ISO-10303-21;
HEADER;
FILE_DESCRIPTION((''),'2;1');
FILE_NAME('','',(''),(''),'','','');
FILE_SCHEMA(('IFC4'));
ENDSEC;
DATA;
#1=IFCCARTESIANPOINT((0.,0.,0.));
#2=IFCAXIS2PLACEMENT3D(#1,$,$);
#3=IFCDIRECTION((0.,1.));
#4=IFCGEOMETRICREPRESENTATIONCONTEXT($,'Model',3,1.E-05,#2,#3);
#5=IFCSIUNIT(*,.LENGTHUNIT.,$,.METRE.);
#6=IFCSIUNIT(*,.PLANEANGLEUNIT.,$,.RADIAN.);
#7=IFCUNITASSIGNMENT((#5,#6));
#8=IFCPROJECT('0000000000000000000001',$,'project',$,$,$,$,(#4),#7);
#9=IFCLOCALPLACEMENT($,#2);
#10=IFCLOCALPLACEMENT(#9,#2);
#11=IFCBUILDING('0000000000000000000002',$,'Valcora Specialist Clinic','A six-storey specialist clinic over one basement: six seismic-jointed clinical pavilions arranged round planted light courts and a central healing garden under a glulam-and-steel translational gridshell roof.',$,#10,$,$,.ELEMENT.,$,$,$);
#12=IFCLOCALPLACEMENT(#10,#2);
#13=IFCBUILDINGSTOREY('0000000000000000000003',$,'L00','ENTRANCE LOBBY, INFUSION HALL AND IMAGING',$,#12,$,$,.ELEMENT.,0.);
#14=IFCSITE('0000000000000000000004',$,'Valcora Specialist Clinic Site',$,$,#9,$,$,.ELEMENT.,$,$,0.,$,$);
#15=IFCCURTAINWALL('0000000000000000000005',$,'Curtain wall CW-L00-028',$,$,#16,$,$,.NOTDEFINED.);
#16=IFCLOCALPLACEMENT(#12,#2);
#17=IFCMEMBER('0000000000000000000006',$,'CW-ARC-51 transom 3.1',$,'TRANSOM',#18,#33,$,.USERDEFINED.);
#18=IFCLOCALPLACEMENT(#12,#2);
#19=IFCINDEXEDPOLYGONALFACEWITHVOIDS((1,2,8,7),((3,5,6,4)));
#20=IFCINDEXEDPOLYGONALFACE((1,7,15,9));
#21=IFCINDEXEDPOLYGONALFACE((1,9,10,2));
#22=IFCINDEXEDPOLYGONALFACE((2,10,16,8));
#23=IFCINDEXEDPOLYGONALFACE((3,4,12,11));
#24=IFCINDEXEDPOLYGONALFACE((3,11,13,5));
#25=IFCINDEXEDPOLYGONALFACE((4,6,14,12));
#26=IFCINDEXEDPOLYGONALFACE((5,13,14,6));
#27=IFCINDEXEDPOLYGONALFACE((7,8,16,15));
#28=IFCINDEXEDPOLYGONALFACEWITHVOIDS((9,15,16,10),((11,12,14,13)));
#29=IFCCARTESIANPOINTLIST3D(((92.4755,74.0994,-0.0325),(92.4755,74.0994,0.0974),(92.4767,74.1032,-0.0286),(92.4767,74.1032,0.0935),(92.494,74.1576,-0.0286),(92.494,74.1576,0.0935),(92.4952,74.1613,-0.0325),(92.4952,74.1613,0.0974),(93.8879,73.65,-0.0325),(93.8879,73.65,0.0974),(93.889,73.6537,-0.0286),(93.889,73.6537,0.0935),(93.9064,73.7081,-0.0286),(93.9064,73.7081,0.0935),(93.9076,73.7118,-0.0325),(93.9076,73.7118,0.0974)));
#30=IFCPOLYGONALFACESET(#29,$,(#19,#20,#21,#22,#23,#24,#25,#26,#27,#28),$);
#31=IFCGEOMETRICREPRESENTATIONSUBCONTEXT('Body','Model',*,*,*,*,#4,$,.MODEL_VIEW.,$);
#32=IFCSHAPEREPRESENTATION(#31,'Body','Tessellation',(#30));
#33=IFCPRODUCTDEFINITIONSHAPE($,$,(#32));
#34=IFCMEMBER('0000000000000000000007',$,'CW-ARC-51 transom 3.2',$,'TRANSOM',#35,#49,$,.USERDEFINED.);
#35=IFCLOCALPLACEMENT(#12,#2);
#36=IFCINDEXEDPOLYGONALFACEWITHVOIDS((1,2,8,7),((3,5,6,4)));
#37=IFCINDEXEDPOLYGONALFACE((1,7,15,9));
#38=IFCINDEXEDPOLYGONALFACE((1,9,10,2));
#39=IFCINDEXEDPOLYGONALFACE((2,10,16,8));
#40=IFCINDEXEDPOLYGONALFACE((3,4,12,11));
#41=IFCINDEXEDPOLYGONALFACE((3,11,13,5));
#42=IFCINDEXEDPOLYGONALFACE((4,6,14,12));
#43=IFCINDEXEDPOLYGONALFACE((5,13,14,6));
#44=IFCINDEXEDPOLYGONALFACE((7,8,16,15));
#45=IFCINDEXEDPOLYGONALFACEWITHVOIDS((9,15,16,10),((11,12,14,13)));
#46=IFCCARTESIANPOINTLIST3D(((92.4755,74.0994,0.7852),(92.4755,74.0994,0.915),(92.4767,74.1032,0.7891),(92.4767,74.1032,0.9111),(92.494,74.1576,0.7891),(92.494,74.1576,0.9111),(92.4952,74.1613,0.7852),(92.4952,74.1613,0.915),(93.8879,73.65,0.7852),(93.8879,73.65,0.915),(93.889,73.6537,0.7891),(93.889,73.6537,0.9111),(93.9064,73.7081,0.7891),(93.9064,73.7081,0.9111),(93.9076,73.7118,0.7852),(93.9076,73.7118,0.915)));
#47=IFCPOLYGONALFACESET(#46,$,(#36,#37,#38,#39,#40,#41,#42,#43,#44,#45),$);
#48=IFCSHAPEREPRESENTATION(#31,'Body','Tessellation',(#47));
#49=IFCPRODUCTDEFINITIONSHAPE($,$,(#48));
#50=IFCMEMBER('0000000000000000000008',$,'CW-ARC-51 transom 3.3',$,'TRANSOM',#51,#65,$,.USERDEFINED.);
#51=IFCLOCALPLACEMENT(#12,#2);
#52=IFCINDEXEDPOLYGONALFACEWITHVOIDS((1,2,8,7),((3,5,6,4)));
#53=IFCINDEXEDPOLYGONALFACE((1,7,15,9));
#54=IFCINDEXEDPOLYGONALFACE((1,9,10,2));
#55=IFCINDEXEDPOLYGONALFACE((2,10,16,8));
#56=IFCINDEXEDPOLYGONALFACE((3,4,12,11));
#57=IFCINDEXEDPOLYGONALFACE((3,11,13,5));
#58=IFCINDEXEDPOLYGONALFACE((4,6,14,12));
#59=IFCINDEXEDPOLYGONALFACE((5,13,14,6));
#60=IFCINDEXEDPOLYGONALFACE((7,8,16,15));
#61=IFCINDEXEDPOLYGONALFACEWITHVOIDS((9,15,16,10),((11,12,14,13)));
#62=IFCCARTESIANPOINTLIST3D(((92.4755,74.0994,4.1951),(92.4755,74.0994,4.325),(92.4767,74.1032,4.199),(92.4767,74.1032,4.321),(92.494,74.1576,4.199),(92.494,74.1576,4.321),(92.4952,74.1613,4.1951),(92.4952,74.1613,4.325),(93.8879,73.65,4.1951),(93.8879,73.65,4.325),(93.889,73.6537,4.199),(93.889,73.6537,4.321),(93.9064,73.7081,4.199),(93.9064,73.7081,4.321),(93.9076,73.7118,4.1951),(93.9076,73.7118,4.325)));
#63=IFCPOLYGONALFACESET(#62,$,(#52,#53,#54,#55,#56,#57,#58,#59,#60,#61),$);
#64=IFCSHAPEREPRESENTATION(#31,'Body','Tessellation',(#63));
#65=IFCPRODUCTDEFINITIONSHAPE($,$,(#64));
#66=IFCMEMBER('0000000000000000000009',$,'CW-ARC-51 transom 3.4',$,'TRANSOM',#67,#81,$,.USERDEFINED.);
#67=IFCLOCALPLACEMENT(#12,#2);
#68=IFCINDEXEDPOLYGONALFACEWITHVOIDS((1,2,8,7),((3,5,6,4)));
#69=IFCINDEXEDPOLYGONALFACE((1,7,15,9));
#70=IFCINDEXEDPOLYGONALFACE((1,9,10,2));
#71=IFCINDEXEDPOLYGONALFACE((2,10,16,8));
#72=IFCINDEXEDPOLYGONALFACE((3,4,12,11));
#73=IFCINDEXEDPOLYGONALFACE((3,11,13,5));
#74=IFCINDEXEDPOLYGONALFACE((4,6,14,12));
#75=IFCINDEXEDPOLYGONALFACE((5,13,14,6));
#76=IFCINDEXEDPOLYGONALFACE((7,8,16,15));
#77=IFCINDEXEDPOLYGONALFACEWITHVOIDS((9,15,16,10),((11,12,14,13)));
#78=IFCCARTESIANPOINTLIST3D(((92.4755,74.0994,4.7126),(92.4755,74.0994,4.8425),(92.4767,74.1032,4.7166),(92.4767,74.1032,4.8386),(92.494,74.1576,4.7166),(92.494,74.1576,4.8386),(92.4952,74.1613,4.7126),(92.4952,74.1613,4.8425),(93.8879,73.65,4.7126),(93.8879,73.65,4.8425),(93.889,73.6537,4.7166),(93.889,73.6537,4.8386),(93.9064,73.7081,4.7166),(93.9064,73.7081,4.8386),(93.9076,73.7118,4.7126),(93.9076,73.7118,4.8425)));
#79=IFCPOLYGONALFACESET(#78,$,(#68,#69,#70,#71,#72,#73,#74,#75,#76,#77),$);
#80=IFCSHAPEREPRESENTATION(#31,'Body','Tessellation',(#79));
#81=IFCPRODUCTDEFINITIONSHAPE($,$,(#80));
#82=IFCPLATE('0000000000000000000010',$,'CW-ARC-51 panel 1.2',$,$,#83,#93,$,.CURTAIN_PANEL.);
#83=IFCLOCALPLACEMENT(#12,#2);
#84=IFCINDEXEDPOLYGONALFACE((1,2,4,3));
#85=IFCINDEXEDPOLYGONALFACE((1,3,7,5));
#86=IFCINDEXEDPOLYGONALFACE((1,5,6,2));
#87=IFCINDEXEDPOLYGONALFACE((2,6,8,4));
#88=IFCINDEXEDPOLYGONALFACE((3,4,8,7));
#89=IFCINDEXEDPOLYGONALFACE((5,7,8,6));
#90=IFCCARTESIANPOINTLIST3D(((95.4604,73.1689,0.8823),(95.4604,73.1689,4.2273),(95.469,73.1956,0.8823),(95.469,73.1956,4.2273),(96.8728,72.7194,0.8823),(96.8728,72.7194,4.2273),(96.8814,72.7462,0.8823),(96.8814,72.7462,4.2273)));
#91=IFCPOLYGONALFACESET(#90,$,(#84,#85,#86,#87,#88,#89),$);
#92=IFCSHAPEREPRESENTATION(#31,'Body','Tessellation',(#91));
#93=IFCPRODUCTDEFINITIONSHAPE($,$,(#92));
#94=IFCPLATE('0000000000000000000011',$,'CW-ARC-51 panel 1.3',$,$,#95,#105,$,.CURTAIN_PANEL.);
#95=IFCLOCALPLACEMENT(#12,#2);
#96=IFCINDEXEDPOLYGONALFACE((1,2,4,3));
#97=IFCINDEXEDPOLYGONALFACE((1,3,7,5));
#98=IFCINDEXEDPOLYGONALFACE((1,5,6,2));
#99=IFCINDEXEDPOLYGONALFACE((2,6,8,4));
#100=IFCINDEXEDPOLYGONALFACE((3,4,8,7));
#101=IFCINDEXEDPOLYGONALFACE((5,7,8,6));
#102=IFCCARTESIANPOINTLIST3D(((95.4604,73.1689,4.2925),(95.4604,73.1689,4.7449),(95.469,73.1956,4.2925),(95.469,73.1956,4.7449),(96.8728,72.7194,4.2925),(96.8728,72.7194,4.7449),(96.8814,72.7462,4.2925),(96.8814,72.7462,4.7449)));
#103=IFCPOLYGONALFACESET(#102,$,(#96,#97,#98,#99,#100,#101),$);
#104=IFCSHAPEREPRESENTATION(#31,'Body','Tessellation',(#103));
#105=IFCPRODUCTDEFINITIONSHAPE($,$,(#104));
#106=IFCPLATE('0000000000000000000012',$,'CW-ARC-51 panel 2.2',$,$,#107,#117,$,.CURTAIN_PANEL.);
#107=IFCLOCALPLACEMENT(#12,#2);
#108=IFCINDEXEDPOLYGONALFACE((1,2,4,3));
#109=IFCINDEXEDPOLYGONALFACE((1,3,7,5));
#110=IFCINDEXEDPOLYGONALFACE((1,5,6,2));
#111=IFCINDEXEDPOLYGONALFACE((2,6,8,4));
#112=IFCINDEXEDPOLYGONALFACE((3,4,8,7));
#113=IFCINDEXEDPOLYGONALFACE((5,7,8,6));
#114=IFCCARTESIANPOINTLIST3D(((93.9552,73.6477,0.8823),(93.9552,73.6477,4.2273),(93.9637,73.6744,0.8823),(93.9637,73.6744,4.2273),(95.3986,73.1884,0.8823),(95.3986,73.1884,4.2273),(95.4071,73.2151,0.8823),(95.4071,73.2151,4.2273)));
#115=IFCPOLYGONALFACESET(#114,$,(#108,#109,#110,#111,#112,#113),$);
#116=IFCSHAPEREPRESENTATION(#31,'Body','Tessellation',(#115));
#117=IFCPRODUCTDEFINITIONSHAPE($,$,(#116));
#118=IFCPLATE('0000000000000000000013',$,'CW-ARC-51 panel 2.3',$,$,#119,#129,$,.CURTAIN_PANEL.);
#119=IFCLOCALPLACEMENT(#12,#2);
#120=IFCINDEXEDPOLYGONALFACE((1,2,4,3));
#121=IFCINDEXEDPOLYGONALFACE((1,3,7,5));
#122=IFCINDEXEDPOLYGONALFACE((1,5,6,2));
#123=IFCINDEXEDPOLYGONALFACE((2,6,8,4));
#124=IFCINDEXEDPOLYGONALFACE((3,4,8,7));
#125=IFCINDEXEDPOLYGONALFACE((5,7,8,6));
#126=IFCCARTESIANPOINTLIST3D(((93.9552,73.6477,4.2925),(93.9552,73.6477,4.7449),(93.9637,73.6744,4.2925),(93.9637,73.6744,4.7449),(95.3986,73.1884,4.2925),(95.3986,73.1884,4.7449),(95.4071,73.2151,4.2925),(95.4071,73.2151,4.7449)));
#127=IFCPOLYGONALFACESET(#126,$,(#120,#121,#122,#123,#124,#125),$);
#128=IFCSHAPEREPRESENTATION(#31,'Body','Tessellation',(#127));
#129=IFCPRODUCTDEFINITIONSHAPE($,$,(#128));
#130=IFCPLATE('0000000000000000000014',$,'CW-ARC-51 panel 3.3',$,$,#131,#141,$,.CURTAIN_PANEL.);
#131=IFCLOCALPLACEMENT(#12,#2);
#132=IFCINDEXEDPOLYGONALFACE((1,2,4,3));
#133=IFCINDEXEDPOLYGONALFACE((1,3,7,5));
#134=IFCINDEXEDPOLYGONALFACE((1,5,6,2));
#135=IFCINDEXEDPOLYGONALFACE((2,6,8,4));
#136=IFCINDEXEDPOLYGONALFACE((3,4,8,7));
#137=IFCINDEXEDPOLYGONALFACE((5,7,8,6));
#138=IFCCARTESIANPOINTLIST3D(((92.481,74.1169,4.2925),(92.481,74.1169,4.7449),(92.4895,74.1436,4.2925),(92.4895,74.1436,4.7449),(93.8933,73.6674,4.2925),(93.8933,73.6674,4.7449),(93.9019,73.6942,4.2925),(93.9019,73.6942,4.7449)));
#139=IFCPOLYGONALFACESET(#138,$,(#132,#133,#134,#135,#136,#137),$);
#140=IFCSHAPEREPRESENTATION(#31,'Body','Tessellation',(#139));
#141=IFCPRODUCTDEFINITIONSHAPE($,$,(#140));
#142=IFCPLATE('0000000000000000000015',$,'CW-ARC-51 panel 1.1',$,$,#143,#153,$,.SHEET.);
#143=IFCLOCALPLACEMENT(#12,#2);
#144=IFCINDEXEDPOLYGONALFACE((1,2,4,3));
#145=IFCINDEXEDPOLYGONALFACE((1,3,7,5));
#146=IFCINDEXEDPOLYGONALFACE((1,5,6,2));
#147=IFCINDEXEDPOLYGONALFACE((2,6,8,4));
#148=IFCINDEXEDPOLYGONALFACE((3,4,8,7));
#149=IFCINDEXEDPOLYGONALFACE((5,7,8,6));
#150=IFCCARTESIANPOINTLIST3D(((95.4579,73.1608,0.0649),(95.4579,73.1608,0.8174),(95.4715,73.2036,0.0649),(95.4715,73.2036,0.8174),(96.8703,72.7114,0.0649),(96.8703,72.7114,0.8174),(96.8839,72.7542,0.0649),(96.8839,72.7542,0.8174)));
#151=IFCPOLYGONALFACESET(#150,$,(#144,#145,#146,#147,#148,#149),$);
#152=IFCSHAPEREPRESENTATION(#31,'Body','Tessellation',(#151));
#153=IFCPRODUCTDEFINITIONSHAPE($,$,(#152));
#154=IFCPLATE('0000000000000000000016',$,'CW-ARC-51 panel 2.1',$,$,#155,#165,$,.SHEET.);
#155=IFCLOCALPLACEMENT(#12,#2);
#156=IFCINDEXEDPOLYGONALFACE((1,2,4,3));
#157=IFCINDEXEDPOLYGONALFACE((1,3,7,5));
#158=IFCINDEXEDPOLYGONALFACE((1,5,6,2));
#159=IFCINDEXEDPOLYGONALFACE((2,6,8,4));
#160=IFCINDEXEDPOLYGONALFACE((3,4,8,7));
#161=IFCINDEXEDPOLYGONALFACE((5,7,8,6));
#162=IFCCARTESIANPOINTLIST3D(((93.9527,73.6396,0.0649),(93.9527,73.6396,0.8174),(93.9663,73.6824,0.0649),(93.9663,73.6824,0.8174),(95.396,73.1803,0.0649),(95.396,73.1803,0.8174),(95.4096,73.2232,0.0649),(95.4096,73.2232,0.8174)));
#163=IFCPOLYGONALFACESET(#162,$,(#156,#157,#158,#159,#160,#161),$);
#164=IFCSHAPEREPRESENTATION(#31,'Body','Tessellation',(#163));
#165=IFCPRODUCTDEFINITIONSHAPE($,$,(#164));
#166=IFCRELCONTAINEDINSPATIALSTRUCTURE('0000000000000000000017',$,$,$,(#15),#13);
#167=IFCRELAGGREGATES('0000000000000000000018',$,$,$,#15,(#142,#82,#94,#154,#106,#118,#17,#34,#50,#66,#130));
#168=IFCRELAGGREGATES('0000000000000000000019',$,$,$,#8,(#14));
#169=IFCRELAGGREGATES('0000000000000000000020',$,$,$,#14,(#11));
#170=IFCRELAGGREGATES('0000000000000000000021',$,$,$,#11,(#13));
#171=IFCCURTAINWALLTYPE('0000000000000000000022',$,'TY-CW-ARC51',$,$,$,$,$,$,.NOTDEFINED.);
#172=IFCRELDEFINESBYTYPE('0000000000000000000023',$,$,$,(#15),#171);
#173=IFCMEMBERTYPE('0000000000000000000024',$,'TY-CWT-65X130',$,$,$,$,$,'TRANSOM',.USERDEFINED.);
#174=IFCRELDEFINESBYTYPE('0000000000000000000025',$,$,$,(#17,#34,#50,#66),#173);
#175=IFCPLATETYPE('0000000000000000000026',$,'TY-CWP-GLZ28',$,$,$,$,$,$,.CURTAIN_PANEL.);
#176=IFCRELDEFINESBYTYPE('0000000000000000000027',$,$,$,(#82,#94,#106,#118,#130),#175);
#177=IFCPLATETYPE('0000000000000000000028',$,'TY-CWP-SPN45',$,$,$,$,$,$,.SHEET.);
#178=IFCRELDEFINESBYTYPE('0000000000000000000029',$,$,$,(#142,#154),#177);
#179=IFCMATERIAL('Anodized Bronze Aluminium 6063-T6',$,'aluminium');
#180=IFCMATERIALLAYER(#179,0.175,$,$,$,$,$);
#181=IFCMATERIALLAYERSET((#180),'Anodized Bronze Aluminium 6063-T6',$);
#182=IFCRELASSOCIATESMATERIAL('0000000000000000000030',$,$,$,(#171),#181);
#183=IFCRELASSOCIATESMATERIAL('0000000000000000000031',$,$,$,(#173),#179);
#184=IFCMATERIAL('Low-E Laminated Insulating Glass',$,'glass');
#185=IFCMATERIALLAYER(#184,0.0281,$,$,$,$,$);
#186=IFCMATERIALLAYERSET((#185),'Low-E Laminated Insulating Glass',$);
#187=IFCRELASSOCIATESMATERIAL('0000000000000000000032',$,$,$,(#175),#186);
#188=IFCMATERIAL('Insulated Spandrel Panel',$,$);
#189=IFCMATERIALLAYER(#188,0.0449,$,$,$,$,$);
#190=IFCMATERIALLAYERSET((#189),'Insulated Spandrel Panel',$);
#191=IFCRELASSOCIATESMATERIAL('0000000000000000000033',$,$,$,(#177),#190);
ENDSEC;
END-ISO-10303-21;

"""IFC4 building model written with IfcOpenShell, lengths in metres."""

from ifc_helpers import new_model, si_unit, direction, frame, origin, origin_2d, place, context, subcontext, project, spatial, rectangle, hollow_rectangle, extrude, material, layer, layer_set, material_profile, profile_set, type_object, element, aggregate, save


model = new_model("IFC4")

# Units and contexts
model_context = context("Model", 3, precision=1e-05, world=origin(), true_north=direction((0.0, 1.0)))
body_context = subcontext(model_context, "Body", "Model", "MODEL_VIEW")
ifc_project = project(units=[si_unit("LENGTHUNIT", "METRE"), si_unit("PLANEANGLEUNIT", "RADIAN")], contexts=[model_context])

# Site, building, storey
site_placement = place(None, origin())
site = spatial("IfcSite", under=ifc_project, at=site_placement, Name="Valcora Specialist Clinic Site", CompositionType="ELEMENT", RefElevation=0.0)
building_placement = place(site_placement, origin())
building = spatial("IfcBuilding", under=site, at=building_placement, Name="Valcora Specialist Clinic", Description="A six-storey specialist clinic over one basement: six seismic-jointed clinical pavilions arranged round planted light courts and a central healing garden under a glulam-and-steel translational gridshell roof.", CompositionType="ELEMENT")
storey_placement = place(building_placement, origin())
storey = spatial("IfcBuildingStorey", under=building, at=storey_placement, Name="L00", Description="ENTRANCE LOBBY, INFUSION HALL AND IMAGING", CompositionType="ELEMENT", Elevation=0.0)

# Curtain wall, members, plates
ifc_material_1 = material(Name="Anodized Bronze Aluminium 6063-T6", Category="aluminium")
ifc_layer_1 = layer(ifc_material_1, 0.175)
ifc_layer_set_1 = layer_set([ifc_layer_1], Name="Anodized Bronze Aluminium 6063-T6")
curtain_wall_type = type_object("IfcCurtainWallType", Name="TY-CW-ARC51", PredefinedType="NOTDEFINED", material=ifc_layer_set_1)
curtain_wall_placement = place(storey_placement, origin())
curtain_wall = element("IfcCurtainWall", 1, at=curtain_wall_placement, inside=storey, type_object=curtain_wall_type, Name="Curtain wall CW-L00-028", PredefinedType="NOTDEFINED")
ifc_material_profile_1 = material_profile(ifc_material_1, hollow_rectangle(XDim=0.0649, YDim=0.1299, WallThickness=0.0039, at=origin_2d()), Name="AL-TRN-65X130")
ifc_profile_set_1 = profile_set([ifc_material_profile_1], Name="Anodized Bronze Aluminium 6063-T6")
member_type_1 = type_object("IfcMemberType", Name="TY-CWT-65X130", ElementType="TRANSOM", PredefinedType="USERDEFINED", material=ifc_profile_set_1)
member_1_placement = place(storey_placement, frame((93.8977, 73.6809, 0.0325), z_axis=(-0.952911, 0.303251, 0.0), x_axis=(-0.303251, -0.952911, 0.0)))
member_1 = element("IfcMember", 2, at=member_1_placement, type_object=member_type_1, Name="CW-ARC-51 transom 3.1", ObjectType="TRANSOM", PredefinedType="USERDEFINED", context=body_context, shape_type="SweptSolid", body=[
    extrude(hollow_rectangle(XDim=0.0649, YDim=0.1299, WallThickness=0.0039, at=origin_2d()), origin(), (0.0, 0.0, 1.0), 1.4822),
])
member_2_placement = place(storey_placement, frame((93.8977, 73.6809, 0.8501), z_axis=(-0.952911, 0.303251, 0.0), x_axis=(-0.303251, -0.952911, 0.0)))
member_2 = element("IfcMember", 3, at=member_2_placement, type_object=member_type_1, Name="CW-ARC-51 transom 3.2", ObjectType="TRANSOM", PredefinedType="USERDEFINED", context=body_context, shape_type="SweptSolid", body=[
    extrude(hollow_rectangle(XDim=0.0649, YDim=0.1299, WallThickness=0.0039, at=origin_2d()), origin(), (0.0, 0.0, 1.0), 1.4822),
])
member_3_placement = place(storey_placement, frame((93.8977, 73.6809, 4.26), z_axis=(-0.952911, 0.303251, 0.0), x_axis=(-0.303251, -0.952911, 0.0)))
member_3 = element("IfcMember", 4, at=member_3_placement, type_object=member_type_1, Name="CW-ARC-51 transom 3.3", ObjectType="TRANSOM", PredefinedType="USERDEFINED", context=body_context, shape_type="SweptSolid", body=[
    extrude(hollow_rectangle(XDim=0.0649, YDim=0.1299, WallThickness=0.0039, at=origin_2d()), origin(), (0.0, 0.0, 1.0), 1.4822),
])
member_4_placement = place(storey_placement, frame((93.8977, 73.6809, 4.7776), z_axis=(-0.952911, 0.303251, 0.0), x_axis=(-0.303251, -0.952911, 0.0)))
member_4 = element("IfcMember", 5, at=member_4_placement, type_object=member_type_1, Name="CW-ARC-51 transom 3.4", ObjectType="TRANSOM", PredefinedType="USERDEFINED", context=body_context, shape_type="SweptSolid", body=[
    extrude(hollow_rectangle(XDim=0.0649, YDim=0.1299, WallThickness=0.0039, at=origin_2d()), origin(), (0.0, 0.0, 1.0), 1.4822),
])
ifc_material_2 = material(Name="Low-E Laminated Insulating Glass", Category="glass")
ifc_layer_2 = layer(ifc_material_2, 0.0281)
ifc_layer_set_2 = layer_set([ifc_layer_2], Name="Low-E Laminated Insulating Glass")
plate_type_1 = type_object("IfcPlateType", Name="TY-CWP-GLZ28", PredefinedType="CURTAIN_PANEL", material=ifc_layer_set_2)
plate_1_placement = place(storey_placement, frame((96.1709, 72.9575, 0.8823), z_axis=(0.0, 0.0, 1.0), x_axis=(-0.952916, 0.303233, 0.0)))
plate_1 = element("IfcPlate", 6, at=plate_1_placement, type_object=plate_type_1, Name="CW-ARC-51 panel 1.2", PredefinedType="CURTAIN_PANEL", context=body_context, shape_type="SweptSolid", body=[
    extrude(rectangle(XDim=1.4822, YDim=0.0281, at=origin_2d()), origin(), (0.0, 0.0, 1.0), 3.345),
])
plate_2_placement = place(storey_placement, frame((96.1709, 72.9575, 4.2925), z_axis=(0.0, 0.0, 1.0), x_axis=(-0.952916, 0.303233, 0.0)))
plate_2 = element("IfcPlate", 7, at=plate_2_placement, type_object=plate_type_1, Name="CW-ARC-51 panel 1.3", PredefinedType="CURTAIN_PANEL", context=body_context, shape_type="SweptSolid", body=[
    extrude(rectangle(XDim=1.4822, YDim=0.0281, at=origin_2d()), origin(), (0.0, 0.0, 1.0), 0.4524),
])
plate_3_placement = place(storey_placement, frame((94.6812, 73.4314, 0.8823), z_axis=(0.0, 0.0, 1.0), x_axis=(-0.952916, 0.303233, 0.0)))
plate_3 = element("IfcPlate", 8, at=plate_3_placement, type_object=plate_type_1, Name="CW-ARC-51 panel 2.2", PredefinedType="CURTAIN_PANEL", context=body_context, shape_type="SweptSolid", body=[
    extrude(rectangle(XDim=1.5146, YDim=0.0281, at=origin_2d()), origin(), (0.0, 0.0, 1.0), 3.345),
])
plate_4_placement = place(storey_placement, frame((94.6812, 73.4314, 4.2925), z_axis=(0.0, 0.0, 1.0), x_axis=(-0.952916, 0.303233, 0.0)))
plate_4 = element("IfcPlate", 9, at=plate_4_placement, type_object=plate_type_1, Name="CW-ARC-51 panel 2.3", PredefinedType="CURTAIN_PANEL", context=body_context, shape_type="SweptSolid", body=[
    extrude(rectangle(XDim=1.5146, YDim=0.0281, at=origin_2d()), origin(), (0.0, 0.0, 1.0), 0.4524),
])
plate_5_placement = place(storey_placement, frame((93.1914, 73.9055, 4.2925), z_axis=(0.0, 0.0, 1.0), x_axis=(-0.952916, 0.303233, 0.0)))
plate_5 = element("IfcPlate", 10, at=plate_5_placement, type_object=plate_type_1, Name="CW-ARC-51 panel 3.3", PredefinedType="CURTAIN_PANEL", context=body_context, shape_type="SweptSolid", body=[
    extrude(rectangle(XDim=1.4822, YDim=0.0281, at=origin_2d()), origin(), (0.0, 0.0, 1.0), 0.4524),
])
ifc_material_3 = material(Name="Insulated Spandrel Panel")
ifc_layer_3 = layer(ifc_material_3, 0.0449)
ifc_layer_set_3 = layer_set([ifc_layer_3], Name="Insulated Spandrel Panel")
plate_type_2 = type_object("IfcPlateType", Name="TY-CWP-SPN45", PredefinedType="SHEET", material=ifc_layer_set_3)
plate_6_placement = place(storey_placement, frame((96.1709, 72.9575, 0.0649), z_axis=(0.0, 0.0, 1.0), x_axis=(-0.952916, 0.303233, 0.0)))
plate_6 = element("IfcPlate", 11, at=plate_6_placement, type_object=plate_type_2, Name="CW-ARC-51 panel 1.1", PredefinedType="SHEET", context=body_context, shape_type="SweptSolid", body=[
    extrude(rectangle(XDim=1.4822, YDim=0.0449, at=origin_2d()), origin(), (0.0, 0.0, 1.0), 0.7524),
])
plate_7_placement = place(storey_placement, frame((94.6812, 73.4314, 0.0649), z_axis=(0.0, 0.0, 1.0), x_axis=(-0.952916, 0.303233, 0.0)))
plate_7 = element("IfcPlate", 12, at=plate_7_placement, type_object=plate_type_2, Name="CW-ARC-51 panel 2.1", PredefinedType="SHEET", context=body_context, shape_type="SweptSolid", body=[
    extrude(rectangle(XDim=1.5146, YDim=0.0449, at=origin_2d()), origin(), (0.0, 0.0, 1.0), 0.7524),
])
aggregate(curtain_wall, [plate_6, plate_1, plate_2, plate_7, plate_3, plate_4, member_1, member_2, member_3, member_4, plate_5])

save(model, "model.ifc")
